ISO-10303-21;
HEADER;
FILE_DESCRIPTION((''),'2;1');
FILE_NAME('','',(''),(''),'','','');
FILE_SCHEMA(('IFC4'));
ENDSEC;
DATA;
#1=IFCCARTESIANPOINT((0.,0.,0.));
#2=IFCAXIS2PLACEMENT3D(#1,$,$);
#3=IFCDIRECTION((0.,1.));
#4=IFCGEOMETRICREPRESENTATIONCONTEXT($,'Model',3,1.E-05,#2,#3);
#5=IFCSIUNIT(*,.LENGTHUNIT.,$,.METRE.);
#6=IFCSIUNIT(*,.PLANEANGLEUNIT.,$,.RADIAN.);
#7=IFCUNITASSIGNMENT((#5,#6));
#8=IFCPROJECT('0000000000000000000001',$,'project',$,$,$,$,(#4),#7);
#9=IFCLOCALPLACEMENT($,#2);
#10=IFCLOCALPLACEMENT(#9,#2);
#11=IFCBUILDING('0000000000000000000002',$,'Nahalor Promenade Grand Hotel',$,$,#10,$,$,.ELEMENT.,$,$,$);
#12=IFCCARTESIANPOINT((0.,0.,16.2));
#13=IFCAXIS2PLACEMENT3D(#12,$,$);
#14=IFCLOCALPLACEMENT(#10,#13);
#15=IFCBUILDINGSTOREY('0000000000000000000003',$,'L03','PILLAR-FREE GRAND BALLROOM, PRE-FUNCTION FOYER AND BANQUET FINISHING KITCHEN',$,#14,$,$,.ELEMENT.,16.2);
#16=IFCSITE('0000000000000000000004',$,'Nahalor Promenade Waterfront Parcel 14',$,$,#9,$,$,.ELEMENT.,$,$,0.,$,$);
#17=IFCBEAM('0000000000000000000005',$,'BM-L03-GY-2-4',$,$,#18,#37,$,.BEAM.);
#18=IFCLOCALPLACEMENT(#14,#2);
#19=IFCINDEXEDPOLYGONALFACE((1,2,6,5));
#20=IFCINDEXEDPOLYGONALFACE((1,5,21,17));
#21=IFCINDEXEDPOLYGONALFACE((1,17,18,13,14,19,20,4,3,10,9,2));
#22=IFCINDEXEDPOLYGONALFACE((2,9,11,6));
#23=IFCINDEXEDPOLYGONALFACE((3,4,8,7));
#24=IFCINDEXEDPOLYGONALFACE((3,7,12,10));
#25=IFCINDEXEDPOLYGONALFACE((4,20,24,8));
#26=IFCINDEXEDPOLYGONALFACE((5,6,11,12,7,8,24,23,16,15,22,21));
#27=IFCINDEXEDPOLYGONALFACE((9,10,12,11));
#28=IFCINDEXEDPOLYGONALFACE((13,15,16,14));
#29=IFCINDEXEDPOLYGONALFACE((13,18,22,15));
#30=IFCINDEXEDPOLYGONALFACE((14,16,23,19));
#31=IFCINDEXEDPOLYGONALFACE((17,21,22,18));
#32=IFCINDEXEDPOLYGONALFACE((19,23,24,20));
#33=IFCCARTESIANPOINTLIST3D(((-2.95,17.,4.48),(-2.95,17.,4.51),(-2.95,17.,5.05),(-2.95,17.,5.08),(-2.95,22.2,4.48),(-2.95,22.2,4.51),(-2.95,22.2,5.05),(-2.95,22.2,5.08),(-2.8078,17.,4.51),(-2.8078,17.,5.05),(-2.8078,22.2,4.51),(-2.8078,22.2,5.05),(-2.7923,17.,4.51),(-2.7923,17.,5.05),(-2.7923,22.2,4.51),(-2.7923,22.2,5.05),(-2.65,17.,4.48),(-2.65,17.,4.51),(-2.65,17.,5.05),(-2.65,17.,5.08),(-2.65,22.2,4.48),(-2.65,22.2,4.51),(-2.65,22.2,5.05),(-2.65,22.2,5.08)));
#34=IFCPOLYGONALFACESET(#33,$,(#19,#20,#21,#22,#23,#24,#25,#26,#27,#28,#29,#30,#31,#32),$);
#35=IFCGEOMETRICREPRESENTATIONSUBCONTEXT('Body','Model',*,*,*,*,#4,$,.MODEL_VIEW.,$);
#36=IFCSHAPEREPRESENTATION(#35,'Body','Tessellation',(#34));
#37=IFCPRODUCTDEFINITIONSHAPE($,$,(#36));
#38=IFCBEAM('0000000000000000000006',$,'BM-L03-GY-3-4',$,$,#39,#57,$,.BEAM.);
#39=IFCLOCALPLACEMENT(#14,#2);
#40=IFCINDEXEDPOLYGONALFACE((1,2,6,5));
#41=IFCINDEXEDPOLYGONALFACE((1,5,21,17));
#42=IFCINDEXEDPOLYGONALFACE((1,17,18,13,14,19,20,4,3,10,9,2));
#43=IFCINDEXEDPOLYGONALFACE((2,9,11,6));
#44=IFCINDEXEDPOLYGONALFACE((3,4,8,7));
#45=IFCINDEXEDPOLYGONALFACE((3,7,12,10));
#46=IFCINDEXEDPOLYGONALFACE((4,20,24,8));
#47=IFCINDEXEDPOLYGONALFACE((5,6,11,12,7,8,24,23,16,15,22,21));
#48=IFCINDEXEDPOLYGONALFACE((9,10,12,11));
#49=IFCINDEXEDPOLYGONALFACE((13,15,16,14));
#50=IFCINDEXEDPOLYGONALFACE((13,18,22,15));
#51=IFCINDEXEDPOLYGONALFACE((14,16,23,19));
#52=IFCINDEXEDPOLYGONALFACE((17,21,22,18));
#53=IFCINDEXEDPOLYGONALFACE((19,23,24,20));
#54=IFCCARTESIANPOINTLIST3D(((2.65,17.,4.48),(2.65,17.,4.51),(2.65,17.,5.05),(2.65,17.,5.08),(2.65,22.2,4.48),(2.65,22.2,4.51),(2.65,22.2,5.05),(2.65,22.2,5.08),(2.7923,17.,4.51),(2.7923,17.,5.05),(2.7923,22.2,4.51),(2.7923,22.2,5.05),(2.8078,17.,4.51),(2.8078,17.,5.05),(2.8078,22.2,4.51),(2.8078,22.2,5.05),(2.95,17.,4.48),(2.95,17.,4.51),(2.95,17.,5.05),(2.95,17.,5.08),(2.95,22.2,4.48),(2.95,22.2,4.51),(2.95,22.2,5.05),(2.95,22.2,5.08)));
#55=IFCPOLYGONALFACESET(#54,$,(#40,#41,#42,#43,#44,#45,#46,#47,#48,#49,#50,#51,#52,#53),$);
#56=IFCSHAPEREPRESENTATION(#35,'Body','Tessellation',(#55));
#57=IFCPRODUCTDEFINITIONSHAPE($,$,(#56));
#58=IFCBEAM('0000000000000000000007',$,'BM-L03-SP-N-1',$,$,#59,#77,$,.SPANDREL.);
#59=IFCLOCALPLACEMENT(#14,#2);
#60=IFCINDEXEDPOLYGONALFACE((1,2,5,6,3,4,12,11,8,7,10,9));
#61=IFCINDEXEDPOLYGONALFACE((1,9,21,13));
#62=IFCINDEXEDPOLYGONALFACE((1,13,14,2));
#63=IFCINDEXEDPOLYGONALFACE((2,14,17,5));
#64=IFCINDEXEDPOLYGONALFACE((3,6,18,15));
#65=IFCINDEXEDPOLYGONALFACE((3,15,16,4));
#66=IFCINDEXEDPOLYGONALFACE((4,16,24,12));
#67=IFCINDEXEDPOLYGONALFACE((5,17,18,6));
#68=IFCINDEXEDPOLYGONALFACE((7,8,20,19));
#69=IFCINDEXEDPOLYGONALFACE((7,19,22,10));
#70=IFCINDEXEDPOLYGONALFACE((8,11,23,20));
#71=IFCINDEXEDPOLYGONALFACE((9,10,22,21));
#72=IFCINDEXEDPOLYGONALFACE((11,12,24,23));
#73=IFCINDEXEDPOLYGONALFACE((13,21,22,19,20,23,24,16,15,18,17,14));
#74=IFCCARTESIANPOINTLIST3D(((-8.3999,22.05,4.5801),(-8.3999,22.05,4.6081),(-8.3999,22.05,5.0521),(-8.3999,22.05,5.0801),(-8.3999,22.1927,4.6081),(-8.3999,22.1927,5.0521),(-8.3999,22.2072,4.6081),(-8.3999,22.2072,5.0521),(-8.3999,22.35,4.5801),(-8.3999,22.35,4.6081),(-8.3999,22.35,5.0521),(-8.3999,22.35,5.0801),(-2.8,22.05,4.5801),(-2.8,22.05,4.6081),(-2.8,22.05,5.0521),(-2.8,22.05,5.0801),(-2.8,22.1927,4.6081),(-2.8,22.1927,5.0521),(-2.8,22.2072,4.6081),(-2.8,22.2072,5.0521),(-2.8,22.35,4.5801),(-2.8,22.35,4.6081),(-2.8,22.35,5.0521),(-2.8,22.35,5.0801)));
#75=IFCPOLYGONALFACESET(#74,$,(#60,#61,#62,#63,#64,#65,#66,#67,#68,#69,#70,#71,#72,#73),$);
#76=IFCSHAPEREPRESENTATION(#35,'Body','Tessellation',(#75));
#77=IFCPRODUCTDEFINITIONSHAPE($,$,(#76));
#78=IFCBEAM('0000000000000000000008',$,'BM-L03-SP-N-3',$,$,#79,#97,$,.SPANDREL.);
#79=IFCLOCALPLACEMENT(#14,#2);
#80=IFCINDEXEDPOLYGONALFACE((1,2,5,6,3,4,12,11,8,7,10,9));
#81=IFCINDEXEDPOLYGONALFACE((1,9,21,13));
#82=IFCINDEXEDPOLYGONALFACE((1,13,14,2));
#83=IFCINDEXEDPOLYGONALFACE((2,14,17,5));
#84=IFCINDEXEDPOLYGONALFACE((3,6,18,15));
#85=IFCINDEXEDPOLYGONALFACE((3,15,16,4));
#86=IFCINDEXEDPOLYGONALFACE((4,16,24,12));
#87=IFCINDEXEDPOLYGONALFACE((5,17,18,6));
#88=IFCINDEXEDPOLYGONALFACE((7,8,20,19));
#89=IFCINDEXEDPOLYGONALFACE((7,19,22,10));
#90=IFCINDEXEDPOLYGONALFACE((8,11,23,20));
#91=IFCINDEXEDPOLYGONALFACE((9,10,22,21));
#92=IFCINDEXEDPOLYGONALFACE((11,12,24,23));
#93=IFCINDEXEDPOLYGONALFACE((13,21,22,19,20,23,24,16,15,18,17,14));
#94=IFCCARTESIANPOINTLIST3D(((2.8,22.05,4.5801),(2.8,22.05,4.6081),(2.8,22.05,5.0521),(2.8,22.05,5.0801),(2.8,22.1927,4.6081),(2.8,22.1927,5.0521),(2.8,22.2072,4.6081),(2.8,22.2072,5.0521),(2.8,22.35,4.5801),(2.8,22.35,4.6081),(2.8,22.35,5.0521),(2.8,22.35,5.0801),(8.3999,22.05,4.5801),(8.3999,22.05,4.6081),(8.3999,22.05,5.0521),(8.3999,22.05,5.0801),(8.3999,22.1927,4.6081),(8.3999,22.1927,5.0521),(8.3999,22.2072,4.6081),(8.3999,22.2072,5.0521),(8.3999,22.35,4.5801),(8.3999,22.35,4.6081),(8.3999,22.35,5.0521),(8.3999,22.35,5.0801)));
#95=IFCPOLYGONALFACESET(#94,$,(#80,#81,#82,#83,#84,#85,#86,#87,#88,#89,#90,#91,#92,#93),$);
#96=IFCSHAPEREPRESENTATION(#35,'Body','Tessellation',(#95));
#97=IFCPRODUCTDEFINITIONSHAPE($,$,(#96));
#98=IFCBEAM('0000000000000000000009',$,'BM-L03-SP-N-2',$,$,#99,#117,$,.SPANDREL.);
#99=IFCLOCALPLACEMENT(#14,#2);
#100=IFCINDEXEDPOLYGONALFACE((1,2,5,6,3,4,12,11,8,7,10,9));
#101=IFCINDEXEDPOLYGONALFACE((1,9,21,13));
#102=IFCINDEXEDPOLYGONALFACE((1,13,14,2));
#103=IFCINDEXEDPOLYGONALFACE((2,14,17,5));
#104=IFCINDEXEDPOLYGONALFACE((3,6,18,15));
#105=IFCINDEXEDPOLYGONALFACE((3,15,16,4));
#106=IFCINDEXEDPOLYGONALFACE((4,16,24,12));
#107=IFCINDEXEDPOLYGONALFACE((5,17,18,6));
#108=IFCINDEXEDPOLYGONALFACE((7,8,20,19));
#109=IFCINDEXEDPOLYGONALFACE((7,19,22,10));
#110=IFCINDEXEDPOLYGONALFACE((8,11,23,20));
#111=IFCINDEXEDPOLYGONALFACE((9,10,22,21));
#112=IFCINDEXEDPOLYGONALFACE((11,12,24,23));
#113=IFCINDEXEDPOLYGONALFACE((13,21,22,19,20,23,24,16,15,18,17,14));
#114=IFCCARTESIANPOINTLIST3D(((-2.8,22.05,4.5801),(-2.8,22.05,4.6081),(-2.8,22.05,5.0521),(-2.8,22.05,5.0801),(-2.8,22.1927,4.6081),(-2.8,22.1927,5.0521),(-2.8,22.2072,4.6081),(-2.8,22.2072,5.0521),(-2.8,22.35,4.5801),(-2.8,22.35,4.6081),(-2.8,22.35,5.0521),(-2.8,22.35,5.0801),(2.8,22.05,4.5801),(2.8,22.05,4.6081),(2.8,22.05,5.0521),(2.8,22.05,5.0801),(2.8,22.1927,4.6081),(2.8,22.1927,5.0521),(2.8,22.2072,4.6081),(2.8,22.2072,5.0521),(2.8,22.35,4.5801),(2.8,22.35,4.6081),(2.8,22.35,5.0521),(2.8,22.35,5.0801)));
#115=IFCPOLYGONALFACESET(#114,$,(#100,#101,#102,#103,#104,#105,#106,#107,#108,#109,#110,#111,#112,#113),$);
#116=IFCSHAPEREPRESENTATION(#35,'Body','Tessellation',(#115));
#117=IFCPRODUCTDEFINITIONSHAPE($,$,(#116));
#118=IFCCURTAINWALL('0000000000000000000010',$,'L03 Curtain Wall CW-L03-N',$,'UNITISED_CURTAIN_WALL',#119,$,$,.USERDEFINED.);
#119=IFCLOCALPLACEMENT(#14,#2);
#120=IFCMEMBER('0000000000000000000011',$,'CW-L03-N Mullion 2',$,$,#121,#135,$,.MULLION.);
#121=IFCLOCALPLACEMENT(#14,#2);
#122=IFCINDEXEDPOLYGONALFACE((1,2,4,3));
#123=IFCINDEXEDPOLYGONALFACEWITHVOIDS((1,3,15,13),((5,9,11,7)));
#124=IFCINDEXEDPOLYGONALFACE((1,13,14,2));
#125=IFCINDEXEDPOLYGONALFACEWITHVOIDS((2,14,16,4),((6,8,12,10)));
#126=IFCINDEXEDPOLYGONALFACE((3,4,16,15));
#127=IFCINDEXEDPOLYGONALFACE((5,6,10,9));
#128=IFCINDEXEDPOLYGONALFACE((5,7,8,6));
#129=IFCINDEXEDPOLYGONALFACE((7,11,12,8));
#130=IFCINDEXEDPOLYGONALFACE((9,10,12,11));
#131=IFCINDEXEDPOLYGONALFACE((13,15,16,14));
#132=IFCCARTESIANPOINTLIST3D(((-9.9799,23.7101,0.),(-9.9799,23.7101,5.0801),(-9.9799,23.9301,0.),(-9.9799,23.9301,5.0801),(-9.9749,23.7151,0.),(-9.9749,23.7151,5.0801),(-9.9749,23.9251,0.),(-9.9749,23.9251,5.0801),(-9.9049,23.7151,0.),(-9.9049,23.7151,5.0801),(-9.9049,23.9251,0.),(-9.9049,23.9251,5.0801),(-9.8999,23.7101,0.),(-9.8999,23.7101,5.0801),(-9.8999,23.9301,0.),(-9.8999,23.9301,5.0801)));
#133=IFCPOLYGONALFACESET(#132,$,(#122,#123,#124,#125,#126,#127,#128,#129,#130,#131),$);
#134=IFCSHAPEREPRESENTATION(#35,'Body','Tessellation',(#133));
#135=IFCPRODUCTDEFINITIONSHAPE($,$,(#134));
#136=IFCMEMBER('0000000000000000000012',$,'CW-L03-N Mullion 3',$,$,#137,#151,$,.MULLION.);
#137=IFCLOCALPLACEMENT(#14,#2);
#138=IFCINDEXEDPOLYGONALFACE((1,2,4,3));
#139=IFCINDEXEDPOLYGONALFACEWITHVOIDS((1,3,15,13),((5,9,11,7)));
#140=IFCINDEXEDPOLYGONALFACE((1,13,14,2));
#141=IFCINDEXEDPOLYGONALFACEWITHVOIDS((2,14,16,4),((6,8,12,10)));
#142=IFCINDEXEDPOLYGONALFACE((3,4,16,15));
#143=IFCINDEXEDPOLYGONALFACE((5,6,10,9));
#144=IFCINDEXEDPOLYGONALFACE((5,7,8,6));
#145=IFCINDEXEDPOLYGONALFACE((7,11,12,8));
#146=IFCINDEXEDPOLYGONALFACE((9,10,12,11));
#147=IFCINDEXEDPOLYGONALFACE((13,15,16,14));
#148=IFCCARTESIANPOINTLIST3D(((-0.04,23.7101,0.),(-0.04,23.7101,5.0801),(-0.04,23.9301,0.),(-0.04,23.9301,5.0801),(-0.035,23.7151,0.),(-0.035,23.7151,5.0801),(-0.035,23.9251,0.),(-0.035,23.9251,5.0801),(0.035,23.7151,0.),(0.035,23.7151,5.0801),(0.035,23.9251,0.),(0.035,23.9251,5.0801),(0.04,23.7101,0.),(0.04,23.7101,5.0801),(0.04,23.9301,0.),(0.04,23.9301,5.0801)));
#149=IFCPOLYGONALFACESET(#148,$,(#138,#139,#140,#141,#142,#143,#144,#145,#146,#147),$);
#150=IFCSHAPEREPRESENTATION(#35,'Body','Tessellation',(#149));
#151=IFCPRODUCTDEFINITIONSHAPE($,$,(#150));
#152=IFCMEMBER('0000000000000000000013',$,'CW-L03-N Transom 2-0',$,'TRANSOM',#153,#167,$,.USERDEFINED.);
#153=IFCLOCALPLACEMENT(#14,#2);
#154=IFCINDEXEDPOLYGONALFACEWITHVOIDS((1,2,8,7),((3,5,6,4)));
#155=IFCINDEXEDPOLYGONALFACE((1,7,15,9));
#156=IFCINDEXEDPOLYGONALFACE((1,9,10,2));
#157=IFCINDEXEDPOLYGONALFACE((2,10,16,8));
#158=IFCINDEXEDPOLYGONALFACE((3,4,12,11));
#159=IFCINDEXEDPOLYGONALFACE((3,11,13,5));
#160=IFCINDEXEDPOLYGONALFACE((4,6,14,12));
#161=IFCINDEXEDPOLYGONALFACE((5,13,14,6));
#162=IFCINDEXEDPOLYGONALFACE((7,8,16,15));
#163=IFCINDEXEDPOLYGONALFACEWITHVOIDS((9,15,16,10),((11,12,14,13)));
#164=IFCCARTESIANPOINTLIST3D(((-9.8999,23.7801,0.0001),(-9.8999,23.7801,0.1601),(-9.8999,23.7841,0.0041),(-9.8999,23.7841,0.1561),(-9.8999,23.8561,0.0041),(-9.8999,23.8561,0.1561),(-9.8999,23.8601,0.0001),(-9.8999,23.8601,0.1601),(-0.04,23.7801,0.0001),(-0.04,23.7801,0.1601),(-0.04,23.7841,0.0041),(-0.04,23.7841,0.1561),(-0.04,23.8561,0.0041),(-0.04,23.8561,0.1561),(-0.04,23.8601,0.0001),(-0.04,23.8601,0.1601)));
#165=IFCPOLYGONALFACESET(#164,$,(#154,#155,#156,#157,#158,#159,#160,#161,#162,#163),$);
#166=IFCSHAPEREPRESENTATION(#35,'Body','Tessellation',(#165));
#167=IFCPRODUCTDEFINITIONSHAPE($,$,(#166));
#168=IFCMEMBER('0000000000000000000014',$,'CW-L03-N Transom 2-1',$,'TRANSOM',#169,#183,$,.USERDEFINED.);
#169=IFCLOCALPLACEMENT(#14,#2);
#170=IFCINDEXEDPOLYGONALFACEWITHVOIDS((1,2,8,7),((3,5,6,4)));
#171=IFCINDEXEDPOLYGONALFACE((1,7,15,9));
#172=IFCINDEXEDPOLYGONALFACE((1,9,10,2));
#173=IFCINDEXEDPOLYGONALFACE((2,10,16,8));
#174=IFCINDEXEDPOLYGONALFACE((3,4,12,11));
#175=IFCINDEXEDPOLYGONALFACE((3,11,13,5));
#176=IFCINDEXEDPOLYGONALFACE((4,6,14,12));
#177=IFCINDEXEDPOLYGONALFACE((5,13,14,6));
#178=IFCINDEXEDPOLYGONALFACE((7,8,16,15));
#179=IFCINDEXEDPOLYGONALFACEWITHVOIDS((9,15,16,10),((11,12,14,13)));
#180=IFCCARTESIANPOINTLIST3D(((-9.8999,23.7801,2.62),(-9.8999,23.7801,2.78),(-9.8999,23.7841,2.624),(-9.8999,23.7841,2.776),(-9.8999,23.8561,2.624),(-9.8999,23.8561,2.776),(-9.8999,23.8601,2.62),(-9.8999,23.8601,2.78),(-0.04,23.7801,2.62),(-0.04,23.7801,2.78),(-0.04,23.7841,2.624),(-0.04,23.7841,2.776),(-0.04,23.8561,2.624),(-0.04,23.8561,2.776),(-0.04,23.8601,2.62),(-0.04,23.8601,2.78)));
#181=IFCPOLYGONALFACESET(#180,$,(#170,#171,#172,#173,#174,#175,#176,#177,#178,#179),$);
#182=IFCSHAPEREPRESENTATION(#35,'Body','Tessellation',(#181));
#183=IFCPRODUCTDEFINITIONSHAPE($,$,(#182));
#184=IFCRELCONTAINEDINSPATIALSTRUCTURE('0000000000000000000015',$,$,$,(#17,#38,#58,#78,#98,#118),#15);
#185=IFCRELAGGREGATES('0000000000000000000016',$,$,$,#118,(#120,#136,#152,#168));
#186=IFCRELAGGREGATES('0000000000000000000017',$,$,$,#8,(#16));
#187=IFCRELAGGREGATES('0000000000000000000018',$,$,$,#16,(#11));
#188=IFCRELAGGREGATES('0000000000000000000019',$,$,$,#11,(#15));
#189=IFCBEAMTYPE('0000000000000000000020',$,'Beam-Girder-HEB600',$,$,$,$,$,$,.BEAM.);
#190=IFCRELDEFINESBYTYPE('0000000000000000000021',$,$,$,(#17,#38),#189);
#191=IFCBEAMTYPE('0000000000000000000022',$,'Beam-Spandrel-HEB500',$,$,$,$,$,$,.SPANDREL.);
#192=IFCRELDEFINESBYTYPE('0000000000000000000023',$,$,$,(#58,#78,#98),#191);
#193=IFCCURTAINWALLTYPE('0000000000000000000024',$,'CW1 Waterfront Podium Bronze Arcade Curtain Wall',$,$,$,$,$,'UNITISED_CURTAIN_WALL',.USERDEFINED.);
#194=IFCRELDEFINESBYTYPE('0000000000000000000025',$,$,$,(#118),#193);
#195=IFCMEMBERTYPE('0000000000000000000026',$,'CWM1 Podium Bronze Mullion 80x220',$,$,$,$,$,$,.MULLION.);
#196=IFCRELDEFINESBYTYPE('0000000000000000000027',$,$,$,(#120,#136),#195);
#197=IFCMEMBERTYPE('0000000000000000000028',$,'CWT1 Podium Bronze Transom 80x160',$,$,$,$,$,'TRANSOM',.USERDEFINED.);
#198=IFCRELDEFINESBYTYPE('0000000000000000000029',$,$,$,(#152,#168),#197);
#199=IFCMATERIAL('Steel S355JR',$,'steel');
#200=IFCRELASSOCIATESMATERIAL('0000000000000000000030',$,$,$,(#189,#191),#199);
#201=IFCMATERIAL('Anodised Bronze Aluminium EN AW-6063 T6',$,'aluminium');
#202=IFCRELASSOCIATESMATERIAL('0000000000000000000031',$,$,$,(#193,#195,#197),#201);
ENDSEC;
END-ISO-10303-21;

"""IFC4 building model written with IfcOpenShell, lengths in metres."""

from ifc_helpers import new_model, si_unit, direction, frame, origin, origin_2d, place, context, subcontext, project, spatial, hollow_rectangle, i_section, extrude, source, transform, mapped, material, material_profile, profile_set, type_object, element, aggregate, save


model = new_model("IFC4")

# Units and contexts
model_context = context("Model", 3, precision=1e-05, world=origin(), true_north=direction((0.0, 1.0)))
body_context = subcontext(model_context, "Body", "Model", "MODEL_VIEW")
ifc_project = project(units=[si_unit("LENGTHUNIT", "METRE"), si_unit("PLANEANGLEUNIT", "RADIAN")], contexts=[model_context])

# Site, building, storey
site_placement = place(None, origin())
site = spatial("IfcSite", under=ifc_project, at=site_placement, Name="Nahalor Promenade Waterfront Parcel 14", CompositionType="ELEMENT", RefElevation=0.0)
building_placement = place(site_placement, origin())
building = spatial("IfcBuilding", under=site, at=building_placement, Name="Nahalor Promenade Grand Hotel", CompositionType="ELEMENT")
storey_placement = place(building_placement, frame((0.0, 0.0, 16.2)))
storey = spatial("IfcBuildingStorey", under=building, at=storey_placement, Name="L03", Description="PILLAR-FREE GRAND BALLROOM, PRE-FUNCTION FOYER AND BANQUET FINISHING KITCHEN", CompositionType="ELEMENT", Elevation=16.2)

# Beams
ifc_material_1 = material(Name="Steel S355JR", Category="steel")
ifc_material_profile_1 = material_profile(ifc_material_1, i_section(OverallWidth=0.3, OverallDepth=0.6, WebThickness=0.0155, FlangeThickness=0.03, at=origin_2d()), Name="HEB 600")
ifc_profile_set_1 = profile_set([ifc_material_profile_1], Name="Steel S355JR")
beam_type_1 = type_object("IfcBeamType", Name="Beam-Girder-HEB600", PredefinedType="BEAM", material=ifc_profile_set_1)
shared_shape_1 = source(origin(), body_context, "Body", "SweptSolid", [
    extrude(i_section(OverallWidth=0.3, OverallDepth=0.6, WebThickness=0.0155, FlangeThickness=0.03, at=origin_2d()), origin(), (0.0, 0.0, 1.0), 5.2),
])
for number, where, z_axis, x_axis, name in (
    (1, (-2.8, 17.0, 4.78), (0.0, 1.0, 0.0), (-1.0, 0.0, 0.0), "BM-L03-GY-2-4"),
    (2, (2.8, 17.0, 4.78), (0.0, 1.0, 0.0), (-1.0, 0.0, 0.0), "BM-L03-GY-3-4"),
):
    element("IfcBeam", number, at=place(storey_placement, frame(where, z_axis=z_axis, x_axis=x_axis)), inside=storey, type_object=beam_type_1, Name=name, PredefinedType="BEAM", context=body_context, shape_type="MappedRepresentation", body=[
        mapped(shared_shape_1, transform((0.0, 0.0, 0.0), scale=1.0)),
    ])
ifc_material_profile_2 = material_profile(ifc_material_1, i_section(OverallWidth=0.3, OverallDepth=0.5, WebThickness=0.0145, FlangeThickness=0.028, at=origin_2d()), Name="HEB 500")
ifc_profile_set_2 = profile_set([ifc_material_profile_2], Name="Steel S355JR")
beam_type_2 = type_object("IfcBeamType", Name="Beam-Spandrel-HEB500", PredefinedType="SPANDREL", material=ifc_profile_set_2)
shared_shape_2 = source(origin(), body_context, "Body", "SweptSolid", [
    extrude(i_section(OverallWidth=0.3, OverallDepth=0.5, WebThickness=0.0145, FlangeThickness=0.028, at=origin_2d()), origin(), (0.0, 0.0, 1.0), 5.5999),
])
for number, where, z_axis, x_axis, name in (
    (3, (-8.3999, 22.2, 4.8301), (1.0, 0.0, 0.0), (0.0, 1.0, 0.0), "BM-L03-SP-N-1"),
    (4, (2.8, 22.2, 4.8301), (1.0, 0.0, 0.0), (0.0, 1.0, 0.0), "BM-L03-SP-N-3"),
):
    element("IfcBeam", number, at=place(storey_placement, frame(where, z_axis=z_axis, x_axis=x_axis)), inside=storey, type_object=beam_type_2, Name=name, PredefinedType="SPANDREL", context=body_context, shape_type="MappedRepresentation", body=[
        mapped(shared_shape_2, transform((0.0, 0.0, 0.0), scale=1.0)),
    ])
shared_shape_3 = source(origin(), body_context, "Body", "SweptSolid", [
    extrude(i_section(OverallWidth=0.3, OverallDepth=0.5, WebThickness=0.0145, FlangeThickness=0.028, at=origin_2d()), origin(), (0.0, 0.0, 1.0), 5.6001),
])
beam_1_placement = place(storey_placement, frame((-2.8, 22.2, 4.8301), z_axis=(1.0, 0.0, 0.0), x_axis=(0.0, 1.0, 0.0)))
element("IfcBeam", 5, at=beam_1_placement, inside=storey, type_object=beam_type_2, Name="BM-L03-SP-N-2", PredefinedType="SPANDREL", context=body_context, shape_type="MappedRepresentation", body=[
    mapped(shared_shape_3, transform((0.0, 0.0, 0.0), scale=1.0)),
])

# Curtain wall, members
ifc_material_2 = material(Name="Anodised Bronze Aluminium EN AW-6063 T6", Category="aluminium")
curtain_wall_type = type_object("IfcCurtainWallType", Name="CW1 Waterfront Podium Bronze Arcade Curtain Wall", ElementType="UNITISED_CURTAIN_WALL", PredefinedType="USERDEFINED", material=ifc_material_2)
curtain_wall_placement = place(storey_placement, origin())
curtain_wall = element("IfcCurtainWall", 6, at=curtain_wall_placement, inside=storey, type_object=curtain_wall_type, Name="L03 Curtain Wall CW-L03-N", ObjectType="UNITISED_CURTAIN_WALL", PredefinedType="USERDEFINED")
ifc_material_profile_3 = material_profile(ifc_material_2, hollow_rectangle(XDim=0.08, YDim=0.22, WallThickness=0.005, at=origin_2d()), Name="CWM 80x220x5")
ifc_profile_set_3 = profile_set([ifc_material_profile_3], Name="Anodised Bronze Aluminium EN AW-6063 T6")
member_type_1 = type_object("IfcMemberType", Name="CWM1 Podium Bronze Mullion 80x220", PredefinedType="MULLION", material=ifc_profile_set_3)
shared_shape_4 = source(origin(), body_context, "Body", "SweptSolid", [
    extrude(hollow_rectangle(XDim=0.08, YDim=0.22, WallThickness=0.005, at=origin_2d()), origin(), (0.0, 0.0, 1.0), 5.0801),
])
member_1_placement = place(storey_placement, frame((-9.9399, 23.8201, 0.0), z_axis=(0.0, 0.0, 1.0), x_axis=(1.0, 0.0, 0.0)))
member_1 = element("IfcMember", 7, at=member_1_placement, type_object=member_type_1, Name="CW-L03-N Mullion 2", PredefinedType="MULLION", context=body_context, shape_type="MappedRepresentation", body=[
    mapped(shared_shape_4, transform((0.0, 0.0, 0.0), scale=1.0)),
])
member_2_placement = place(storey_placement, frame((0.0, 23.8201, 0.0), z_axis=(0.0, 0.0, 1.0), x_axis=(1.0, 0.0, 0.0)))
member_2 = element("IfcMember", 8, at=member_2_placement, type_object=member_type_1, Name="CW-L03-N Mullion 3", PredefinedType="MULLION", context=body_context, shape_type="MappedRepresentation", body=[
    mapped(shared_shape_4, transform((0.0, 0.0, 0.0), scale=1.0)),
])
ifc_material_profile_4 = material_profile(ifc_material_2, hollow_rectangle(XDim=0.08, YDim=0.16, WallThickness=0.004, at=origin_2d()), Name="CWT 80x160x4")
ifc_profile_set_4 = profile_set([ifc_material_profile_4], Name="Anodised Bronze Aluminium EN AW-6063 T6")
member_type_2 = type_object("IfcMemberType", Name="CWT1 Podium Bronze Transom 80x160", ElementType="TRANSOM", PredefinedType="USERDEFINED", material=ifc_profile_set_4)
shared_shape_5 = source(origin(), body_context, "Body", "SweptSolid", [
    extrude(hollow_rectangle(XDim=0.08, YDim=0.16, WallThickness=0.004, at=origin_2d()), origin(), (0.0, 0.0, 1.0), 9.8599),
])
member_3_placement = place(storey_placement, frame((-9.8999, 23.8201, 0.0801), z_axis=(1.0, 0.0, 0.0), x_axis=(0.0, 1.0, 0.0)))
member_3 = element("IfcMember", 9, at=member_3_placement, type_object=member_type_2, Name="CW-L03-N Transom 2-0", ObjectType="TRANSOM", PredefinedType="USERDEFINED", context=body_context, shape_type="MappedRepresentation", body=[
    mapped(shared_shape_5, transform((0.0, 0.0, 0.0), scale=1.0)),
])
member_4_placement = place(storey_placement, frame((-9.8999, 23.8201, 2.7), z_axis=(1.0, 0.0, 0.0), x_axis=(0.0, 1.0, 0.0)))
member_4 = element("IfcMember", 10, at=member_4_placement, type_object=member_type_2, Name="CW-L03-N Transom 2-1", ObjectType="TRANSOM", PredefinedType="USERDEFINED", context=body_context, shape_type="MappedRepresentation", body=[
    mapped(shared_shape_5, transform((0.0, 0.0, 0.0), scale=1.0)),
])
aggregate(curtain_wall, [member_1, member_2, member_3, member_4])

save(model, "model.ifc")
